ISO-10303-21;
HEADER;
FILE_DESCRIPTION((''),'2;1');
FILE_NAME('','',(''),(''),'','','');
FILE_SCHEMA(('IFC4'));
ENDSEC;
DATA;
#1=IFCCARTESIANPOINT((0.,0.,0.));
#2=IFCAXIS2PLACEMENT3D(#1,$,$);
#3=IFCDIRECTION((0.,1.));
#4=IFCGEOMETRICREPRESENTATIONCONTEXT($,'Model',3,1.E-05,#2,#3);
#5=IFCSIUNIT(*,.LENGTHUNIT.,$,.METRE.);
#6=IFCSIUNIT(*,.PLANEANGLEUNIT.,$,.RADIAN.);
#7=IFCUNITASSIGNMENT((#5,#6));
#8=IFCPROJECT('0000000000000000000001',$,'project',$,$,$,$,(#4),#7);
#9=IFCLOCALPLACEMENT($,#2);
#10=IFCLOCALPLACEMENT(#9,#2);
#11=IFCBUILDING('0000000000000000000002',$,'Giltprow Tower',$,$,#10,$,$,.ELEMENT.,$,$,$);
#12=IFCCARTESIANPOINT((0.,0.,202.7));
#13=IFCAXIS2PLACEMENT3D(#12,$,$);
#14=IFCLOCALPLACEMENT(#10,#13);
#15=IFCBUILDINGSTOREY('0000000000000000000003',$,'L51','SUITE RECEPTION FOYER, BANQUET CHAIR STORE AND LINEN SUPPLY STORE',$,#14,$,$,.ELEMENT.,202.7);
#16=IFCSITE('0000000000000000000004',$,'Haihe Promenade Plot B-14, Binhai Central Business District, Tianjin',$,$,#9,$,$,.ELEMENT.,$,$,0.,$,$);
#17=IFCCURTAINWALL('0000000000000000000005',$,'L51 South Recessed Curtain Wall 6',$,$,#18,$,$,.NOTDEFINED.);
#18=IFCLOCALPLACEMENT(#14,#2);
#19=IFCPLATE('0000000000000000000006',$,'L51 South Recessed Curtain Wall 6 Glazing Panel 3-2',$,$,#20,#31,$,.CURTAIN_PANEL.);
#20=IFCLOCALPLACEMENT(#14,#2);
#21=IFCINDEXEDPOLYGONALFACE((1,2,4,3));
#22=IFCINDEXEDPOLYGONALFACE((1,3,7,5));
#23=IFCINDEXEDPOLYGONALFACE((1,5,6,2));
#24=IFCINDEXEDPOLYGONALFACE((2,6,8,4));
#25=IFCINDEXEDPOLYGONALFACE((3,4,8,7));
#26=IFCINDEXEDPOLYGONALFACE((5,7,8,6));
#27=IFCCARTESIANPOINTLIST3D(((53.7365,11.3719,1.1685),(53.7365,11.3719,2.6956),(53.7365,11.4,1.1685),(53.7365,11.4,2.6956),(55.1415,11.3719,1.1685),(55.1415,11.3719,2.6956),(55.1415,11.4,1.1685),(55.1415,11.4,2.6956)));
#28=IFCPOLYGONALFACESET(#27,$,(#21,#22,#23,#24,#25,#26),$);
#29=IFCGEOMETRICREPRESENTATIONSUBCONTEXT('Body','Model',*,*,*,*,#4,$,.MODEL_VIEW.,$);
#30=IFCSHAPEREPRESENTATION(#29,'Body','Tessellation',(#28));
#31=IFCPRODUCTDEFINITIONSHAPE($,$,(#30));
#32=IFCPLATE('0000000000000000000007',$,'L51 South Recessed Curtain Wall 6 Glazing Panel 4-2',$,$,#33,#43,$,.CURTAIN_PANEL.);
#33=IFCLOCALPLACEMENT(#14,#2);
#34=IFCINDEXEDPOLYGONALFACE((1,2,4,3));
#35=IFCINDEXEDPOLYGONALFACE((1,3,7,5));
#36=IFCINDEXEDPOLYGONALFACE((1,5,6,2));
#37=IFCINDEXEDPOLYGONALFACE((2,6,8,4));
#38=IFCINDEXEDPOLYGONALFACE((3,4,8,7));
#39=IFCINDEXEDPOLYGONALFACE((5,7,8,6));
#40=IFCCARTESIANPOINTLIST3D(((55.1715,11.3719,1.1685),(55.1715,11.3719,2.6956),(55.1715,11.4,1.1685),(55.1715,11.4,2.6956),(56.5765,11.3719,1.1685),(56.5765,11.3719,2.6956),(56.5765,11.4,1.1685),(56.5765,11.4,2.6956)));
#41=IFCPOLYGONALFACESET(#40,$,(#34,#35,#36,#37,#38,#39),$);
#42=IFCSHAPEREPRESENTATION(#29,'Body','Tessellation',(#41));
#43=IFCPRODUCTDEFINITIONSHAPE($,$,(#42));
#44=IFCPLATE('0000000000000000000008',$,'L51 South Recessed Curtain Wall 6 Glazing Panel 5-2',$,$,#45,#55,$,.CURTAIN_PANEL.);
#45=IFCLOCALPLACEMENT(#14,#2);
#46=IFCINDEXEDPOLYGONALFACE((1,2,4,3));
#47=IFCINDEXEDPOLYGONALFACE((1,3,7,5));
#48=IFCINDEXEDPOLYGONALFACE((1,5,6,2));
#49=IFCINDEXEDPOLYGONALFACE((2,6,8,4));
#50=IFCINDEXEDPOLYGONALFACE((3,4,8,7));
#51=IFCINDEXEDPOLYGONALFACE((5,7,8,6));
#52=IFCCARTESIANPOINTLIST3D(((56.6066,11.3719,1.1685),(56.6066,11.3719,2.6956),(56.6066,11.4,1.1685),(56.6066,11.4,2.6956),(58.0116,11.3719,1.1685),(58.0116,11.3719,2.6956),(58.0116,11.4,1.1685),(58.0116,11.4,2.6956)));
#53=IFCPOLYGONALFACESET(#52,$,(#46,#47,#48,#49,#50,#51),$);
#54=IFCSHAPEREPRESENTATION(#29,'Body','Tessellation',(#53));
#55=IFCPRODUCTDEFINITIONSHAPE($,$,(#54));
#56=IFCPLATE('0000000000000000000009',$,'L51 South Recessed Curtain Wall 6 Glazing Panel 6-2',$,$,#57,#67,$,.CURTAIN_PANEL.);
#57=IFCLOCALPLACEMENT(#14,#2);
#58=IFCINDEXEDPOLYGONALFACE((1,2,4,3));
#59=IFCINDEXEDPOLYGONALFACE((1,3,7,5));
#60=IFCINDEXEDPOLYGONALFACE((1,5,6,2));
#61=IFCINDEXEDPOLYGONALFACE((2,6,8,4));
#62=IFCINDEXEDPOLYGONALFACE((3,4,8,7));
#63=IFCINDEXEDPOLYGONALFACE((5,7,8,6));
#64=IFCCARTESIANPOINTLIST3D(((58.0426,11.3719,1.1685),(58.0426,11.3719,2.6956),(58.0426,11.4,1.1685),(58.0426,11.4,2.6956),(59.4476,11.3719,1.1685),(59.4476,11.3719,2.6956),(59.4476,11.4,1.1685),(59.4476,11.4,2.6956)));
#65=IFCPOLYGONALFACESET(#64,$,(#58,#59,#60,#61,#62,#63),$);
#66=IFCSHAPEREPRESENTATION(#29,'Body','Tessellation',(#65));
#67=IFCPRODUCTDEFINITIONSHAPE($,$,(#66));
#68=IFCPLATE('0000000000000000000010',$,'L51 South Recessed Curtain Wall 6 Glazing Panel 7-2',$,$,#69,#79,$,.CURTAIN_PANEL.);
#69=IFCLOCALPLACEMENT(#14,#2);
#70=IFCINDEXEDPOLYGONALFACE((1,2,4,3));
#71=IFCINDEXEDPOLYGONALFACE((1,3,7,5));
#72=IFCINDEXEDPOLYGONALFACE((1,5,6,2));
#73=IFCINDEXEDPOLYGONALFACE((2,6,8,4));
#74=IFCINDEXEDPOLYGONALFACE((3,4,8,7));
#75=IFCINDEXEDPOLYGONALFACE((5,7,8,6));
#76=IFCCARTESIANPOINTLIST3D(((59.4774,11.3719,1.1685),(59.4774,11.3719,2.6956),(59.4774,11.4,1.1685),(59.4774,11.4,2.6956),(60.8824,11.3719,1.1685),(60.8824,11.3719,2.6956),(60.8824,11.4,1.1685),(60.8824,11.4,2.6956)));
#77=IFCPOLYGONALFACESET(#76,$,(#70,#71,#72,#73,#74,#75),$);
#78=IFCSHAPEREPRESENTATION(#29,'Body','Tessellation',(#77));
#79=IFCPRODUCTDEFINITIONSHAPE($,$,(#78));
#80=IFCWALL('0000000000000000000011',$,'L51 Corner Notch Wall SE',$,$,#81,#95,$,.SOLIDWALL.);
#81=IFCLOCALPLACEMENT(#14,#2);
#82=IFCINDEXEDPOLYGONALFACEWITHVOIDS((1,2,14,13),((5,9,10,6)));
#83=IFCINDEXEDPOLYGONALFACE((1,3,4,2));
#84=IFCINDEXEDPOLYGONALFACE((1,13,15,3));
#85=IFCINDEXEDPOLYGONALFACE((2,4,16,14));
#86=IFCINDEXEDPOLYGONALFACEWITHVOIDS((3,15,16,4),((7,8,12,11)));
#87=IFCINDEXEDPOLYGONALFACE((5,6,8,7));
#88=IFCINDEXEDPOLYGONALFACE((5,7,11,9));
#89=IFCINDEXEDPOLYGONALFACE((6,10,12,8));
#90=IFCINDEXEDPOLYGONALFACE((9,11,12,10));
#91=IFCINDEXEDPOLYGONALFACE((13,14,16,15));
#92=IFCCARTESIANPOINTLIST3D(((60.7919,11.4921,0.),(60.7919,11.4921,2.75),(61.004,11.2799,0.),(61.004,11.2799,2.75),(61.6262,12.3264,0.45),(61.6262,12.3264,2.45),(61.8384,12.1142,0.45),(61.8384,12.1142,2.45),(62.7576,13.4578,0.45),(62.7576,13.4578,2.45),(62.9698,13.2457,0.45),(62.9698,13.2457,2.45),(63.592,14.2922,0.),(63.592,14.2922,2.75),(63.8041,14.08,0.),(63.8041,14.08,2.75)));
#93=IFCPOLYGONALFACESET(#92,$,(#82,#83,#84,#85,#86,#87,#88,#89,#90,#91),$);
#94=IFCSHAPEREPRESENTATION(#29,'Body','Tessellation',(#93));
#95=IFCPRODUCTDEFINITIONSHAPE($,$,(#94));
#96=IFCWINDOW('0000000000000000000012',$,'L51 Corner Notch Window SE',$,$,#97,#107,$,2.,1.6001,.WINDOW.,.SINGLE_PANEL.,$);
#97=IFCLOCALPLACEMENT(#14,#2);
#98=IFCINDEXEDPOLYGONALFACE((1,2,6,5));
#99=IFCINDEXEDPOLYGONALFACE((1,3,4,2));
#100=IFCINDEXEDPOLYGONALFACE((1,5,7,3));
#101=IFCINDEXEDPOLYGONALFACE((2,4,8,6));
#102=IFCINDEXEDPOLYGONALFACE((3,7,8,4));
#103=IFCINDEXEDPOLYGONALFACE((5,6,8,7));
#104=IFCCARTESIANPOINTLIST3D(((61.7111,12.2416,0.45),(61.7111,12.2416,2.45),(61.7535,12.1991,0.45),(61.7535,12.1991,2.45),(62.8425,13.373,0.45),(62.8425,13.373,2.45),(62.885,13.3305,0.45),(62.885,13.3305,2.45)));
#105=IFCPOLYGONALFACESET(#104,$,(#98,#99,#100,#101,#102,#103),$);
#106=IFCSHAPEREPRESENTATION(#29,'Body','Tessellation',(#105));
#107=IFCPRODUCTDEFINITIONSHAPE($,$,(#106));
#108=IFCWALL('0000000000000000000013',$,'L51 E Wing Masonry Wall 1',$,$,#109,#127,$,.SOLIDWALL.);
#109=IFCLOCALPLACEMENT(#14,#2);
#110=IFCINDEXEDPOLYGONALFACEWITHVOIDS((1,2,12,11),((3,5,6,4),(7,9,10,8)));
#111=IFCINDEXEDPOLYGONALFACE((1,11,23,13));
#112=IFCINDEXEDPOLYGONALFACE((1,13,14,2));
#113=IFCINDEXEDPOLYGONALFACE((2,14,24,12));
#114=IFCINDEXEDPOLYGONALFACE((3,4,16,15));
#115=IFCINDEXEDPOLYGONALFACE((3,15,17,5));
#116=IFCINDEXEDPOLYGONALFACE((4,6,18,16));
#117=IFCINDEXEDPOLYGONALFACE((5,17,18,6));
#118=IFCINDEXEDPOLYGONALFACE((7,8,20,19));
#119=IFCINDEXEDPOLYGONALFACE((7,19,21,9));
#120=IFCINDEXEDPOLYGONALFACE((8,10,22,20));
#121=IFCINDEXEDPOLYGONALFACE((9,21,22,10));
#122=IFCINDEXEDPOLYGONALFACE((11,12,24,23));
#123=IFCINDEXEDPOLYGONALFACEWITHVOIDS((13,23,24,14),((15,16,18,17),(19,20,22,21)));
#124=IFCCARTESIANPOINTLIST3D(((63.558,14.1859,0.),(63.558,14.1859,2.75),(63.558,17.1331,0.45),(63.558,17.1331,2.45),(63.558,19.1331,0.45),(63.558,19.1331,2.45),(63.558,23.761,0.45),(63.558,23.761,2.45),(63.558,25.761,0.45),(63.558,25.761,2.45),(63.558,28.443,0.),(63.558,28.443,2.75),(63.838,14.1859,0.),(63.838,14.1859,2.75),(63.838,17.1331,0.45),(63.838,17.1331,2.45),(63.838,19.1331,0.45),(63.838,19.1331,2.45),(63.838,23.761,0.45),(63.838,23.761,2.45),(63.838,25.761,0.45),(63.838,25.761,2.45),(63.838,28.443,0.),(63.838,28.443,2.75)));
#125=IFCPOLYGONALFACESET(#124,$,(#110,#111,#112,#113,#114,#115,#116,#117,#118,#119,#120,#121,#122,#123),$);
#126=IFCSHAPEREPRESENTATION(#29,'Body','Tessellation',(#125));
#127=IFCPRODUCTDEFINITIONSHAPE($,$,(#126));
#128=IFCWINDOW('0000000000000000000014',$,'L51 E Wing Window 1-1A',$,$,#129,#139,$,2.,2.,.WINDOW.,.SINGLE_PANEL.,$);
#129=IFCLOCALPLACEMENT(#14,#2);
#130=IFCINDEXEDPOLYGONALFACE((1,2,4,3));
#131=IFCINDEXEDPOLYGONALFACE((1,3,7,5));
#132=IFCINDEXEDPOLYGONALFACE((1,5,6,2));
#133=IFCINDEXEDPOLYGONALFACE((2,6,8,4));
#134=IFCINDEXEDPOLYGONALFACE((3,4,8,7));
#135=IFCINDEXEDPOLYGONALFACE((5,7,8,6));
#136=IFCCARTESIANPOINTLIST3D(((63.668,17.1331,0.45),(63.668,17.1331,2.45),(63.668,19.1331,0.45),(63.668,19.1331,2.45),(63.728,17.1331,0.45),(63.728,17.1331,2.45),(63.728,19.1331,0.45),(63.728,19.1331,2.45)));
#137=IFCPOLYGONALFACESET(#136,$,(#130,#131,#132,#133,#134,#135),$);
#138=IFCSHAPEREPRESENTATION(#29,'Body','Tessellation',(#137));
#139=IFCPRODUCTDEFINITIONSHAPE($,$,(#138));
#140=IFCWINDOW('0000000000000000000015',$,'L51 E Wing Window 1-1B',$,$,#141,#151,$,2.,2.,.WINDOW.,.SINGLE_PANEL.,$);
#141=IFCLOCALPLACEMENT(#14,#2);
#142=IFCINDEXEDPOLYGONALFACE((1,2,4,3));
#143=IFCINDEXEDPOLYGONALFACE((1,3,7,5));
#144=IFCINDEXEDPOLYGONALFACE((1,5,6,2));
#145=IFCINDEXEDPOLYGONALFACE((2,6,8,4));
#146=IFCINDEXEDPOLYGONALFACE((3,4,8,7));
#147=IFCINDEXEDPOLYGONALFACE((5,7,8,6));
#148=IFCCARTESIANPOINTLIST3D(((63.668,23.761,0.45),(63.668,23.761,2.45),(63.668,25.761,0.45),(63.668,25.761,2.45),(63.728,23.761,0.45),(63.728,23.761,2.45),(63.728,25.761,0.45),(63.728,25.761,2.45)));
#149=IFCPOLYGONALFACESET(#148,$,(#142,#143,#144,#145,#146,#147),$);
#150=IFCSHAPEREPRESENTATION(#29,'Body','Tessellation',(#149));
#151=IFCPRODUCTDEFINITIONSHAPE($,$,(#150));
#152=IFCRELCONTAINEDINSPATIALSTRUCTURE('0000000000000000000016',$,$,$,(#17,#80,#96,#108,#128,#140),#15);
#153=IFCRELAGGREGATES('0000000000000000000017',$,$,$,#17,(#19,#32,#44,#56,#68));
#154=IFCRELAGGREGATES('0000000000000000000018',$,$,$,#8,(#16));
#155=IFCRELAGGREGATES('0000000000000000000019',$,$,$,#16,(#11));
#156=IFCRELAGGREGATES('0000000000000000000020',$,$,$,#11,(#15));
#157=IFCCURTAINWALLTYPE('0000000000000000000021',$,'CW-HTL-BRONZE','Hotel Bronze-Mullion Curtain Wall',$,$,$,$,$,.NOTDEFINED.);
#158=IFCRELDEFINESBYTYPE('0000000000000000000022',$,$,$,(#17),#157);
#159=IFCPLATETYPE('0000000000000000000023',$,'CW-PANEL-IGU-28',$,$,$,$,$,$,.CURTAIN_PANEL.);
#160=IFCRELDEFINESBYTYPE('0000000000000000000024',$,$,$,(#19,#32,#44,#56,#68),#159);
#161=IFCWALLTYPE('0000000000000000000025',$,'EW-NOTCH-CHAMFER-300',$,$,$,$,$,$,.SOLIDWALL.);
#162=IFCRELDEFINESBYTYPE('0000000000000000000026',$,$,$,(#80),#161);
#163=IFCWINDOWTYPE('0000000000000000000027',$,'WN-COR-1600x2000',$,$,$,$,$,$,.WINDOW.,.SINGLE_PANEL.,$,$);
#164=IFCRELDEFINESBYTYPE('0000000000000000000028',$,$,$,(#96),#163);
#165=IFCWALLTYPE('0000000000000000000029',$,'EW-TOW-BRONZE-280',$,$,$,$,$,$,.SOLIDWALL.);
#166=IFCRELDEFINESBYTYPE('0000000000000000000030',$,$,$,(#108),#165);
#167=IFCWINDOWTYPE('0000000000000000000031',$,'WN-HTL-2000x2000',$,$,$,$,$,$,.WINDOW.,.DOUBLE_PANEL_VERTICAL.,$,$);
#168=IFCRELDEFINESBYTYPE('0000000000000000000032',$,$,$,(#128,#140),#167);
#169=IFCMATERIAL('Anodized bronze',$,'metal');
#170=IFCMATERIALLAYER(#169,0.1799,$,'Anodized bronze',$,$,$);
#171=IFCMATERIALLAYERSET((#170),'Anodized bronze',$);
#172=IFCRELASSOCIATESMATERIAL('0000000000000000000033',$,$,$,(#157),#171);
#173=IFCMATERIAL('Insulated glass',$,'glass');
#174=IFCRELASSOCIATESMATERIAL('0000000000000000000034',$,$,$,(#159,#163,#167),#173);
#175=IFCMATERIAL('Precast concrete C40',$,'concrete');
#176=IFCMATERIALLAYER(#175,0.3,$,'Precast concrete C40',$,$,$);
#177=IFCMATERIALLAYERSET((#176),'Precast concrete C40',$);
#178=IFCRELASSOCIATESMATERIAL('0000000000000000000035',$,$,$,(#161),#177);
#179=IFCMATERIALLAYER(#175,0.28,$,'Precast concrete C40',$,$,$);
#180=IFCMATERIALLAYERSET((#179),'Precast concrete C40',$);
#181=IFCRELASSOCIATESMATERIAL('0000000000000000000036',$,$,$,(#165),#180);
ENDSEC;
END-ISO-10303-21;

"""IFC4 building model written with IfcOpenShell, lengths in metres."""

from ifc_helpers import new_model, si_unit, direction, frame, frame_2d, origin, origin_2d, place, context, subcontext, project, spatial, rectangle, extrude, source, transform, mapped, material, layer, layer_set, type_object, element, fill, aggregate, save


model = new_model("IFC4")

# Units and contexts
model_context = context("Model", 3, precision=1e-05, world=origin(), true_north=direction((0.0, 1.0)))
body_context = subcontext(model_context, "Body", "Model", "MODEL_VIEW")
ifc_project = project(units=[si_unit("LENGTHUNIT", "METRE"), si_unit("PLANEANGLEUNIT", "RADIAN")], contexts=[model_context])

# Site, building, storey
site_placement = place(None, origin())
site = spatial("IfcSite", under=ifc_project, at=site_placement, Name="Haihe Promenade Plot B-14, Binhai Central Business District, Tianjin", CompositionType="ELEMENT", RefElevation=0.0)
building_placement = place(site_placement, origin())
building = spatial("IfcBuilding", under=site, at=building_placement, Name="Giltprow Tower", CompositionType="ELEMENT")
storey_placement = place(building_placement, frame((0.0, 0.0, 202.7)))
storey = spatial("IfcBuildingStorey", under=building, at=storey_placement, Name="L51", Description="SUITE RECEPTION FOYER, BANQUET CHAIR STORE AND LINEN SUPPLY STORE", CompositionType="ELEMENT", Elevation=202.7)

# Curtain wall, plates
ifc_material_1 = material(Name="Anodized bronze", Category="metal")
ifc_layer_1 = layer(ifc_material_1, 0.1799, Name="Anodized bronze")
ifc_layer_set_1 = layer_set([ifc_layer_1], Name="Anodized bronze")
curtain_wall_type = type_object("IfcCurtainWallType", Name="CW-HTL-BRONZE", Description="Hotel Bronze-Mullion Curtain Wall", PredefinedType="NOTDEFINED", material=ifc_layer_set_1)
curtain_wall_placement = place(storey_placement, origin())
curtain_wall = element("IfcCurtainWall", 1, at=curtain_wall_placement, inside=storey, type_object=curtain_wall_type, Name="L51 South Recessed Curtain Wall 6", PredefinedType="NOTDEFINED")
ifc_material_2 = material(Name="Insulated glass", Category="glass")
plate_type = type_object("IfcPlateType", Name="CW-PANEL-IGU-28", PredefinedType="CURTAIN_PANEL", material=ifc_material_2)
shared_shape_1 = source(origin(), body_context, "Body", "SweptSolid", [
    extrude(rectangle(XDim=1.405, YDim=0.0281, at=origin_2d()), origin(), (0.0, 0.0, 1.0), 1.5271),
])
plate_1_placement = place(storey_placement, frame((54.439, 11.386, 1.1685), z_axis=(0.0, 0.0, 1.0), x_axis=(1.0, 0.0, 0.0)))
plate_1 = element("IfcPlate", 2, at=plate_1_placement, type_object=plate_type, Name="L51 South Recessed Curtain Wall 6 Glazing Panel 3-2", PredefinedType="CURTAIN_PANEL", context=body_context, shape_type="MappedRepresentation", body=[
    mapped(shared_shape_1, transform((0.0, 0.0, 0.0), x_axis=(1.0, 0.0, 0.0), y_axis=(0.0, 1.0, 0.0), z_axis=(0.0, 0.0, 1.0), scale=1.0)),
])
plate_2_placement = place(storey_placement, frame((55.874, 11.386, 1.1685), z_axis=(0.0, 0.0, 1.0), x_axis=(1.0, 0.0, 0.0)))
plate_2 = element("IfcPlate", 3, at=plate_2_placement, type_object=plate_type, Name="L51 South Recessed Curtain Wall 6 Glazing Panel 4-2", PredefinedType="CURTAIN_PANEL", context=body_context, shape_type="MappedRepresentation", body=[
    mapped(shared_shape_1, transform((0.0, 0.0, 0.0), x_axis=(1.0, 0.0, 0.0), y_axis=(0.0, 1.0, 0.0), z_axis=(0.0, 0.0, 1.0), scale=1.0)),
])
plate_3_placement = place(storey_placement, frame((57.3091, 11.386, 1.1685), z_axis=(0.0, 0.0, 1.0), x_axis=(1.0, 0.0, 0.0)))
plate_3 = element("IfcPlate", 4, at=plate_3_placement, type_object=plate_type, Name="L51 South Recessed Curtain Wall 6 Glazing Panel 5-2", PredefinedType="CURTAIN_PANEL", context=body_context, shape_type="MappedRepresentation", body=[
    mapped(shared_shape_1, transform((0.0, 0.0, 0.0), x_axis=(1.0, 0.0, 0.0), y_axis=(0.0, 1.0, 0.0), z_axis=(0.0, 0.0, 1.0), scale=1.0)),
])
plate_4_placement = place(storey_placement, frame((58.7451, 11.386, 1.1685), z_axis=(0.0, 0.0, 1.0), x_axis=(1.0, 0.0, 0.0)))
plate_4 = element("IfcPlate", 5, at=plate_4_placement, type_object=plate_type, Name="L51 South Recessed Curtain Wall 6 Glazing Panel 6-2", PredefinedType="CURTAIN_PANEL", context=body_context, shape_type="MappedRepresentation", body=[
    mapped(shared_shape_1, transform((0.0, 0.0, 0.0), x_axis=(1.0, 0.0, 0.0), y_axis=(0.0, 1.0, 0.0), z_axis=(0.0, 0.0, 1.0), scale=1.0)),
])
plate_5_placement = place(storey_placement, frame((60.1799, 11.386, 1.1685), z_axis=(0.0, 0.0, 1.0), x_axis=(1.0, 0.0, 0.0)))
plate_5 = element("IfcPlate", 6, at=plate_5_placement, type_object=plate_type, Name="L51 South Recessed Curtain Wall 6 Glazing Panel 7-2", PredefinedType="CURTAIN_PANEL", context=body_context, shape_type="MappedRepresentation", body=[
    mapped(shared_shape_1, transform((0.0, 0.0, 0.0), x_axis=(1.0, 0.0, 0.0), y_axis=(0.0, 1.0, 0.0), z_axis=(0.0, 0.0, 1.0), scale=1.0)),
])
aggregate(curtain_wall, [plate_1, plate_2, plate_3, plate_4, plate_5])

# Wall, opening, window
ifc_material_3 = material(Name="Precast concrete C40", Category="concrete")
ifc_layer_2 = layer(ifc_material_3, 0.3, Name="Precast concrete C40")
ifc_layer_set_2 = layer_set([ifc_layer_2], Name="Precast concrete C40")
wall_type_1 = type_object("IfcWallType", Name="EW-NOTCH-CHAMFER-300", PredefinedType="SOLIDWALL", material=ifc_layer_set_2)
wall_1_placement = place(storey_placement, frame((60.8979, 11.386, 0.0), z_axis=(0.0, 0.0, 1.0), x_axis=(0.707107, 0.707107, 0.0)))
wall_1 = element("IfcWall", 7, at=wall_1_placement, inside=storey, type_object=wall_type_1, Name="L51 Corner Notch Wall SE", PredefinedType="SOLIDWALL", context=body_context, shape_type="SweptSolid", body=[
    extrude(rectangle(XDim=3.96, YDim=0.3, at=frame_2d((1.98, 0.0))), origin(), (0.0, 0.0, 1.0), 2.75),
])
opening_1_placement = place(wall_1_placement, frame((1.1799, 0.0, 0.45)))
opening_1 = element("IfcOpeningElement", 8, at=opening_1_placement, cuts=wall_1, PredefinedType="OPENING", context=body_context, shape_type="SweptSolid", body=[
    extrude(rectangle(XDim=1.6001, YDim=2.0, at=frame_2d((0.8, 1.0))), frame((0.0, 0.1599, 0.0), z_axis=(0.0, -1.0, 0.0), x_axis=(1.0, 0.0, 0.0)), (0.0, 0.0, 1.0), 0.3201),
])
window_type_1 = type_object("IfcWindowType", Name="WN-COR-1600x2000", PartitioningType="SINGLE_PANEL", PredefinedType="WINDOW", material=ifc_material_2)
shared_shape_2 = source(origin(), body_context, "Body", "SweptSolid", [
    extrude(rectangle(XDim=1.6001, YDim=2.0, at=frame_2d((0.8, 1.0))), frame((0.0, 0.03, 0.0), z_axis=(0.0, -1.0, 0.0), x_axis=(1.0, 0.0, 0.0)), (0.0, 0.0, 1.0), 0.0601),
])
window_1_placement = place(opening_1_placement, origin())
window_1 = element("IfcWindow", 9, at=window_1_placement, inside=storey, type_object=window_type_1, Name="L51 Corner Notch Window SE", OverallHeight=2.0, OverallWidth=1.6001, PartitioningType="SINGLE_PANEL", PredefinedType="WINDOW", context=body_context, shape_type="MappedRepresentation", body=[
    mapped(shared_shape_2, transform((0.0, 0.0, 0.0), x_axis=(1.0, 0.0, 0.0), y_axis=(0.0, 1.0, 0.0), z_axis=(0.0, 0.0, 1.0), scale=1.0)),
])
fill(opening_1, window_1)

# Wall, openings, windows
ifc_layer_3 = layer(ifc_material_3, 0.28, Name="Precast concrete C40")
ifc_layer_set_3 = layer_set([ifc_layer_3], Name="Precast concrete C40")
wall_type_2 = type_object("IfcWallType", Name="EW-TOW-BRONZE-280", PredefinedType="SOLIDWALL", material=ifc_layer_set_3)
wall_2_placement = place(storey_placement, frame((63.698, 14.186, 0.0), z_axis=(0.0, 0.0, 1.0), x_axis=(0.0, 1.0, 0.0)))
wall_2 = element("IfcWall", 10, at=wall_2_placement, inside=storey, type_object=wall_type_2, Name="L51 E Wing Masonry Wall 1", PredefinedType="SOLIDWALL", context=body_context, shape_type="SweptSolid", body=[
    extrude(rectangle(XDim=14.2571, YDim=0.28, at=frame_2d((7.1284, 0.0))), origin(), (0.0, 0.0, 1.0), 2.75),
])
opening_2_placement = place(wall_2_placement, frame((2.947, 0.0, 0.45)))
opening_2 = element("IfcOpeningElement", 11, at=opening_2_placement, cuts=wall_2, PredefinedType="OPENING", context=body_context, shape_type="SweptSolid", body=[
    extrude(rectangle(XDim=2.0, YDim=2.0, at=frame_2d((1.0, 1.0))), frame((0.0, 0.1499, 0.0), z_axis=(0.0, -1.0, 0.0), x_axis=(1.0, 0.0, 0.0)), (0.0, 0.0, 1.0), 0.3),
])
opening_3_placement = place(wall_2_placement, frame((9.575, 0.0, 0.45)))
opening_3 = element("IfcOpeningElement", 12, at=opening_3_placement, cuts=wall_2, PredefinedType="OPENING", context=body_context, shape_type="SweptSolid", body=[
    extrude(rectangle(XDim=2.0, YDim=2.0, at=frame_2d((1.0, 1.0))), frame((0.0, 0.1499, 0.0), z_axis=(0.0, -1.0, 0.0), x_axis=(1.0, 0.0, 0.0)), (0.0, 0.0, 1.0), 0.3),
])
window_type_2 = type_object("IfcWindowType", Name="WN-HTL-2000x2000", PartitioningType="DOUBLE_PANEL_VERTICAL", PredefinedType="WINDOW", material=ifc_material_2)
shared_shape_3 = source(origin(), body_context, "Body", "SweptSolid", [
    extrude(rectangle(XDim=2.0, YDim=2.0, at=frame_2d((1.0, 1.0))), frame((0.0, 0.03, 0.0), z_axis=(0.0, -1.0, 0.0), x_axis=(1.0, 0.0, 0.0)), (0.0, 0.0, 1.0), 0.0601),
])
window_2_placement = place(opening_2_placement, origin())
window_2 = element("IfcWindow", 13, at=window_2_placement, inside=storey, type_object=window_type_2, Name="L51 E Wing Window 1-1A", OverallHeight=2.0, OverallWidth=2.0, PartitioningType="SINGLE_PANEL", PredefinedType="WINDOW", context=body_context, shape_type="MappedRepresentation", body=[
    mapped(shared_shape_3, transform((0.0, 0.0, 0.0), x_axis=(1.0, 0.0, 0.0), y_axis=(0.0, 1.0, 0.0), z_axis=(0.0, 0.0, 1.0), scale=1.0)),
])
fill(opening_2, window_2)
window_3_placement = place(opening_3_placement, origin())
window_3 = element("IfcWindow", 14, at=window_3_placement, inside=storey, type_object=window_type_2, Name="L51 E Wing Window 1-1B", OverallHeight=2.0, OverallWidth=2.0, PartitioningType="SINGLE_PANEL", PredefinedType="WINDOW", context=body_context, shape_type="MappedRepresentation", body=[
    mapped(shared_shape_3, transform((0.0, 0.0, 0.0), x_axis=(1.0, 0.0, 0.0), y_axis=(0.0, 1.0, 0.0), z_axis=(0.0, 0.0, 1.0), scale=1.0)),
])
fill(opening_3, window_3)

save(model, "model.ifc")
